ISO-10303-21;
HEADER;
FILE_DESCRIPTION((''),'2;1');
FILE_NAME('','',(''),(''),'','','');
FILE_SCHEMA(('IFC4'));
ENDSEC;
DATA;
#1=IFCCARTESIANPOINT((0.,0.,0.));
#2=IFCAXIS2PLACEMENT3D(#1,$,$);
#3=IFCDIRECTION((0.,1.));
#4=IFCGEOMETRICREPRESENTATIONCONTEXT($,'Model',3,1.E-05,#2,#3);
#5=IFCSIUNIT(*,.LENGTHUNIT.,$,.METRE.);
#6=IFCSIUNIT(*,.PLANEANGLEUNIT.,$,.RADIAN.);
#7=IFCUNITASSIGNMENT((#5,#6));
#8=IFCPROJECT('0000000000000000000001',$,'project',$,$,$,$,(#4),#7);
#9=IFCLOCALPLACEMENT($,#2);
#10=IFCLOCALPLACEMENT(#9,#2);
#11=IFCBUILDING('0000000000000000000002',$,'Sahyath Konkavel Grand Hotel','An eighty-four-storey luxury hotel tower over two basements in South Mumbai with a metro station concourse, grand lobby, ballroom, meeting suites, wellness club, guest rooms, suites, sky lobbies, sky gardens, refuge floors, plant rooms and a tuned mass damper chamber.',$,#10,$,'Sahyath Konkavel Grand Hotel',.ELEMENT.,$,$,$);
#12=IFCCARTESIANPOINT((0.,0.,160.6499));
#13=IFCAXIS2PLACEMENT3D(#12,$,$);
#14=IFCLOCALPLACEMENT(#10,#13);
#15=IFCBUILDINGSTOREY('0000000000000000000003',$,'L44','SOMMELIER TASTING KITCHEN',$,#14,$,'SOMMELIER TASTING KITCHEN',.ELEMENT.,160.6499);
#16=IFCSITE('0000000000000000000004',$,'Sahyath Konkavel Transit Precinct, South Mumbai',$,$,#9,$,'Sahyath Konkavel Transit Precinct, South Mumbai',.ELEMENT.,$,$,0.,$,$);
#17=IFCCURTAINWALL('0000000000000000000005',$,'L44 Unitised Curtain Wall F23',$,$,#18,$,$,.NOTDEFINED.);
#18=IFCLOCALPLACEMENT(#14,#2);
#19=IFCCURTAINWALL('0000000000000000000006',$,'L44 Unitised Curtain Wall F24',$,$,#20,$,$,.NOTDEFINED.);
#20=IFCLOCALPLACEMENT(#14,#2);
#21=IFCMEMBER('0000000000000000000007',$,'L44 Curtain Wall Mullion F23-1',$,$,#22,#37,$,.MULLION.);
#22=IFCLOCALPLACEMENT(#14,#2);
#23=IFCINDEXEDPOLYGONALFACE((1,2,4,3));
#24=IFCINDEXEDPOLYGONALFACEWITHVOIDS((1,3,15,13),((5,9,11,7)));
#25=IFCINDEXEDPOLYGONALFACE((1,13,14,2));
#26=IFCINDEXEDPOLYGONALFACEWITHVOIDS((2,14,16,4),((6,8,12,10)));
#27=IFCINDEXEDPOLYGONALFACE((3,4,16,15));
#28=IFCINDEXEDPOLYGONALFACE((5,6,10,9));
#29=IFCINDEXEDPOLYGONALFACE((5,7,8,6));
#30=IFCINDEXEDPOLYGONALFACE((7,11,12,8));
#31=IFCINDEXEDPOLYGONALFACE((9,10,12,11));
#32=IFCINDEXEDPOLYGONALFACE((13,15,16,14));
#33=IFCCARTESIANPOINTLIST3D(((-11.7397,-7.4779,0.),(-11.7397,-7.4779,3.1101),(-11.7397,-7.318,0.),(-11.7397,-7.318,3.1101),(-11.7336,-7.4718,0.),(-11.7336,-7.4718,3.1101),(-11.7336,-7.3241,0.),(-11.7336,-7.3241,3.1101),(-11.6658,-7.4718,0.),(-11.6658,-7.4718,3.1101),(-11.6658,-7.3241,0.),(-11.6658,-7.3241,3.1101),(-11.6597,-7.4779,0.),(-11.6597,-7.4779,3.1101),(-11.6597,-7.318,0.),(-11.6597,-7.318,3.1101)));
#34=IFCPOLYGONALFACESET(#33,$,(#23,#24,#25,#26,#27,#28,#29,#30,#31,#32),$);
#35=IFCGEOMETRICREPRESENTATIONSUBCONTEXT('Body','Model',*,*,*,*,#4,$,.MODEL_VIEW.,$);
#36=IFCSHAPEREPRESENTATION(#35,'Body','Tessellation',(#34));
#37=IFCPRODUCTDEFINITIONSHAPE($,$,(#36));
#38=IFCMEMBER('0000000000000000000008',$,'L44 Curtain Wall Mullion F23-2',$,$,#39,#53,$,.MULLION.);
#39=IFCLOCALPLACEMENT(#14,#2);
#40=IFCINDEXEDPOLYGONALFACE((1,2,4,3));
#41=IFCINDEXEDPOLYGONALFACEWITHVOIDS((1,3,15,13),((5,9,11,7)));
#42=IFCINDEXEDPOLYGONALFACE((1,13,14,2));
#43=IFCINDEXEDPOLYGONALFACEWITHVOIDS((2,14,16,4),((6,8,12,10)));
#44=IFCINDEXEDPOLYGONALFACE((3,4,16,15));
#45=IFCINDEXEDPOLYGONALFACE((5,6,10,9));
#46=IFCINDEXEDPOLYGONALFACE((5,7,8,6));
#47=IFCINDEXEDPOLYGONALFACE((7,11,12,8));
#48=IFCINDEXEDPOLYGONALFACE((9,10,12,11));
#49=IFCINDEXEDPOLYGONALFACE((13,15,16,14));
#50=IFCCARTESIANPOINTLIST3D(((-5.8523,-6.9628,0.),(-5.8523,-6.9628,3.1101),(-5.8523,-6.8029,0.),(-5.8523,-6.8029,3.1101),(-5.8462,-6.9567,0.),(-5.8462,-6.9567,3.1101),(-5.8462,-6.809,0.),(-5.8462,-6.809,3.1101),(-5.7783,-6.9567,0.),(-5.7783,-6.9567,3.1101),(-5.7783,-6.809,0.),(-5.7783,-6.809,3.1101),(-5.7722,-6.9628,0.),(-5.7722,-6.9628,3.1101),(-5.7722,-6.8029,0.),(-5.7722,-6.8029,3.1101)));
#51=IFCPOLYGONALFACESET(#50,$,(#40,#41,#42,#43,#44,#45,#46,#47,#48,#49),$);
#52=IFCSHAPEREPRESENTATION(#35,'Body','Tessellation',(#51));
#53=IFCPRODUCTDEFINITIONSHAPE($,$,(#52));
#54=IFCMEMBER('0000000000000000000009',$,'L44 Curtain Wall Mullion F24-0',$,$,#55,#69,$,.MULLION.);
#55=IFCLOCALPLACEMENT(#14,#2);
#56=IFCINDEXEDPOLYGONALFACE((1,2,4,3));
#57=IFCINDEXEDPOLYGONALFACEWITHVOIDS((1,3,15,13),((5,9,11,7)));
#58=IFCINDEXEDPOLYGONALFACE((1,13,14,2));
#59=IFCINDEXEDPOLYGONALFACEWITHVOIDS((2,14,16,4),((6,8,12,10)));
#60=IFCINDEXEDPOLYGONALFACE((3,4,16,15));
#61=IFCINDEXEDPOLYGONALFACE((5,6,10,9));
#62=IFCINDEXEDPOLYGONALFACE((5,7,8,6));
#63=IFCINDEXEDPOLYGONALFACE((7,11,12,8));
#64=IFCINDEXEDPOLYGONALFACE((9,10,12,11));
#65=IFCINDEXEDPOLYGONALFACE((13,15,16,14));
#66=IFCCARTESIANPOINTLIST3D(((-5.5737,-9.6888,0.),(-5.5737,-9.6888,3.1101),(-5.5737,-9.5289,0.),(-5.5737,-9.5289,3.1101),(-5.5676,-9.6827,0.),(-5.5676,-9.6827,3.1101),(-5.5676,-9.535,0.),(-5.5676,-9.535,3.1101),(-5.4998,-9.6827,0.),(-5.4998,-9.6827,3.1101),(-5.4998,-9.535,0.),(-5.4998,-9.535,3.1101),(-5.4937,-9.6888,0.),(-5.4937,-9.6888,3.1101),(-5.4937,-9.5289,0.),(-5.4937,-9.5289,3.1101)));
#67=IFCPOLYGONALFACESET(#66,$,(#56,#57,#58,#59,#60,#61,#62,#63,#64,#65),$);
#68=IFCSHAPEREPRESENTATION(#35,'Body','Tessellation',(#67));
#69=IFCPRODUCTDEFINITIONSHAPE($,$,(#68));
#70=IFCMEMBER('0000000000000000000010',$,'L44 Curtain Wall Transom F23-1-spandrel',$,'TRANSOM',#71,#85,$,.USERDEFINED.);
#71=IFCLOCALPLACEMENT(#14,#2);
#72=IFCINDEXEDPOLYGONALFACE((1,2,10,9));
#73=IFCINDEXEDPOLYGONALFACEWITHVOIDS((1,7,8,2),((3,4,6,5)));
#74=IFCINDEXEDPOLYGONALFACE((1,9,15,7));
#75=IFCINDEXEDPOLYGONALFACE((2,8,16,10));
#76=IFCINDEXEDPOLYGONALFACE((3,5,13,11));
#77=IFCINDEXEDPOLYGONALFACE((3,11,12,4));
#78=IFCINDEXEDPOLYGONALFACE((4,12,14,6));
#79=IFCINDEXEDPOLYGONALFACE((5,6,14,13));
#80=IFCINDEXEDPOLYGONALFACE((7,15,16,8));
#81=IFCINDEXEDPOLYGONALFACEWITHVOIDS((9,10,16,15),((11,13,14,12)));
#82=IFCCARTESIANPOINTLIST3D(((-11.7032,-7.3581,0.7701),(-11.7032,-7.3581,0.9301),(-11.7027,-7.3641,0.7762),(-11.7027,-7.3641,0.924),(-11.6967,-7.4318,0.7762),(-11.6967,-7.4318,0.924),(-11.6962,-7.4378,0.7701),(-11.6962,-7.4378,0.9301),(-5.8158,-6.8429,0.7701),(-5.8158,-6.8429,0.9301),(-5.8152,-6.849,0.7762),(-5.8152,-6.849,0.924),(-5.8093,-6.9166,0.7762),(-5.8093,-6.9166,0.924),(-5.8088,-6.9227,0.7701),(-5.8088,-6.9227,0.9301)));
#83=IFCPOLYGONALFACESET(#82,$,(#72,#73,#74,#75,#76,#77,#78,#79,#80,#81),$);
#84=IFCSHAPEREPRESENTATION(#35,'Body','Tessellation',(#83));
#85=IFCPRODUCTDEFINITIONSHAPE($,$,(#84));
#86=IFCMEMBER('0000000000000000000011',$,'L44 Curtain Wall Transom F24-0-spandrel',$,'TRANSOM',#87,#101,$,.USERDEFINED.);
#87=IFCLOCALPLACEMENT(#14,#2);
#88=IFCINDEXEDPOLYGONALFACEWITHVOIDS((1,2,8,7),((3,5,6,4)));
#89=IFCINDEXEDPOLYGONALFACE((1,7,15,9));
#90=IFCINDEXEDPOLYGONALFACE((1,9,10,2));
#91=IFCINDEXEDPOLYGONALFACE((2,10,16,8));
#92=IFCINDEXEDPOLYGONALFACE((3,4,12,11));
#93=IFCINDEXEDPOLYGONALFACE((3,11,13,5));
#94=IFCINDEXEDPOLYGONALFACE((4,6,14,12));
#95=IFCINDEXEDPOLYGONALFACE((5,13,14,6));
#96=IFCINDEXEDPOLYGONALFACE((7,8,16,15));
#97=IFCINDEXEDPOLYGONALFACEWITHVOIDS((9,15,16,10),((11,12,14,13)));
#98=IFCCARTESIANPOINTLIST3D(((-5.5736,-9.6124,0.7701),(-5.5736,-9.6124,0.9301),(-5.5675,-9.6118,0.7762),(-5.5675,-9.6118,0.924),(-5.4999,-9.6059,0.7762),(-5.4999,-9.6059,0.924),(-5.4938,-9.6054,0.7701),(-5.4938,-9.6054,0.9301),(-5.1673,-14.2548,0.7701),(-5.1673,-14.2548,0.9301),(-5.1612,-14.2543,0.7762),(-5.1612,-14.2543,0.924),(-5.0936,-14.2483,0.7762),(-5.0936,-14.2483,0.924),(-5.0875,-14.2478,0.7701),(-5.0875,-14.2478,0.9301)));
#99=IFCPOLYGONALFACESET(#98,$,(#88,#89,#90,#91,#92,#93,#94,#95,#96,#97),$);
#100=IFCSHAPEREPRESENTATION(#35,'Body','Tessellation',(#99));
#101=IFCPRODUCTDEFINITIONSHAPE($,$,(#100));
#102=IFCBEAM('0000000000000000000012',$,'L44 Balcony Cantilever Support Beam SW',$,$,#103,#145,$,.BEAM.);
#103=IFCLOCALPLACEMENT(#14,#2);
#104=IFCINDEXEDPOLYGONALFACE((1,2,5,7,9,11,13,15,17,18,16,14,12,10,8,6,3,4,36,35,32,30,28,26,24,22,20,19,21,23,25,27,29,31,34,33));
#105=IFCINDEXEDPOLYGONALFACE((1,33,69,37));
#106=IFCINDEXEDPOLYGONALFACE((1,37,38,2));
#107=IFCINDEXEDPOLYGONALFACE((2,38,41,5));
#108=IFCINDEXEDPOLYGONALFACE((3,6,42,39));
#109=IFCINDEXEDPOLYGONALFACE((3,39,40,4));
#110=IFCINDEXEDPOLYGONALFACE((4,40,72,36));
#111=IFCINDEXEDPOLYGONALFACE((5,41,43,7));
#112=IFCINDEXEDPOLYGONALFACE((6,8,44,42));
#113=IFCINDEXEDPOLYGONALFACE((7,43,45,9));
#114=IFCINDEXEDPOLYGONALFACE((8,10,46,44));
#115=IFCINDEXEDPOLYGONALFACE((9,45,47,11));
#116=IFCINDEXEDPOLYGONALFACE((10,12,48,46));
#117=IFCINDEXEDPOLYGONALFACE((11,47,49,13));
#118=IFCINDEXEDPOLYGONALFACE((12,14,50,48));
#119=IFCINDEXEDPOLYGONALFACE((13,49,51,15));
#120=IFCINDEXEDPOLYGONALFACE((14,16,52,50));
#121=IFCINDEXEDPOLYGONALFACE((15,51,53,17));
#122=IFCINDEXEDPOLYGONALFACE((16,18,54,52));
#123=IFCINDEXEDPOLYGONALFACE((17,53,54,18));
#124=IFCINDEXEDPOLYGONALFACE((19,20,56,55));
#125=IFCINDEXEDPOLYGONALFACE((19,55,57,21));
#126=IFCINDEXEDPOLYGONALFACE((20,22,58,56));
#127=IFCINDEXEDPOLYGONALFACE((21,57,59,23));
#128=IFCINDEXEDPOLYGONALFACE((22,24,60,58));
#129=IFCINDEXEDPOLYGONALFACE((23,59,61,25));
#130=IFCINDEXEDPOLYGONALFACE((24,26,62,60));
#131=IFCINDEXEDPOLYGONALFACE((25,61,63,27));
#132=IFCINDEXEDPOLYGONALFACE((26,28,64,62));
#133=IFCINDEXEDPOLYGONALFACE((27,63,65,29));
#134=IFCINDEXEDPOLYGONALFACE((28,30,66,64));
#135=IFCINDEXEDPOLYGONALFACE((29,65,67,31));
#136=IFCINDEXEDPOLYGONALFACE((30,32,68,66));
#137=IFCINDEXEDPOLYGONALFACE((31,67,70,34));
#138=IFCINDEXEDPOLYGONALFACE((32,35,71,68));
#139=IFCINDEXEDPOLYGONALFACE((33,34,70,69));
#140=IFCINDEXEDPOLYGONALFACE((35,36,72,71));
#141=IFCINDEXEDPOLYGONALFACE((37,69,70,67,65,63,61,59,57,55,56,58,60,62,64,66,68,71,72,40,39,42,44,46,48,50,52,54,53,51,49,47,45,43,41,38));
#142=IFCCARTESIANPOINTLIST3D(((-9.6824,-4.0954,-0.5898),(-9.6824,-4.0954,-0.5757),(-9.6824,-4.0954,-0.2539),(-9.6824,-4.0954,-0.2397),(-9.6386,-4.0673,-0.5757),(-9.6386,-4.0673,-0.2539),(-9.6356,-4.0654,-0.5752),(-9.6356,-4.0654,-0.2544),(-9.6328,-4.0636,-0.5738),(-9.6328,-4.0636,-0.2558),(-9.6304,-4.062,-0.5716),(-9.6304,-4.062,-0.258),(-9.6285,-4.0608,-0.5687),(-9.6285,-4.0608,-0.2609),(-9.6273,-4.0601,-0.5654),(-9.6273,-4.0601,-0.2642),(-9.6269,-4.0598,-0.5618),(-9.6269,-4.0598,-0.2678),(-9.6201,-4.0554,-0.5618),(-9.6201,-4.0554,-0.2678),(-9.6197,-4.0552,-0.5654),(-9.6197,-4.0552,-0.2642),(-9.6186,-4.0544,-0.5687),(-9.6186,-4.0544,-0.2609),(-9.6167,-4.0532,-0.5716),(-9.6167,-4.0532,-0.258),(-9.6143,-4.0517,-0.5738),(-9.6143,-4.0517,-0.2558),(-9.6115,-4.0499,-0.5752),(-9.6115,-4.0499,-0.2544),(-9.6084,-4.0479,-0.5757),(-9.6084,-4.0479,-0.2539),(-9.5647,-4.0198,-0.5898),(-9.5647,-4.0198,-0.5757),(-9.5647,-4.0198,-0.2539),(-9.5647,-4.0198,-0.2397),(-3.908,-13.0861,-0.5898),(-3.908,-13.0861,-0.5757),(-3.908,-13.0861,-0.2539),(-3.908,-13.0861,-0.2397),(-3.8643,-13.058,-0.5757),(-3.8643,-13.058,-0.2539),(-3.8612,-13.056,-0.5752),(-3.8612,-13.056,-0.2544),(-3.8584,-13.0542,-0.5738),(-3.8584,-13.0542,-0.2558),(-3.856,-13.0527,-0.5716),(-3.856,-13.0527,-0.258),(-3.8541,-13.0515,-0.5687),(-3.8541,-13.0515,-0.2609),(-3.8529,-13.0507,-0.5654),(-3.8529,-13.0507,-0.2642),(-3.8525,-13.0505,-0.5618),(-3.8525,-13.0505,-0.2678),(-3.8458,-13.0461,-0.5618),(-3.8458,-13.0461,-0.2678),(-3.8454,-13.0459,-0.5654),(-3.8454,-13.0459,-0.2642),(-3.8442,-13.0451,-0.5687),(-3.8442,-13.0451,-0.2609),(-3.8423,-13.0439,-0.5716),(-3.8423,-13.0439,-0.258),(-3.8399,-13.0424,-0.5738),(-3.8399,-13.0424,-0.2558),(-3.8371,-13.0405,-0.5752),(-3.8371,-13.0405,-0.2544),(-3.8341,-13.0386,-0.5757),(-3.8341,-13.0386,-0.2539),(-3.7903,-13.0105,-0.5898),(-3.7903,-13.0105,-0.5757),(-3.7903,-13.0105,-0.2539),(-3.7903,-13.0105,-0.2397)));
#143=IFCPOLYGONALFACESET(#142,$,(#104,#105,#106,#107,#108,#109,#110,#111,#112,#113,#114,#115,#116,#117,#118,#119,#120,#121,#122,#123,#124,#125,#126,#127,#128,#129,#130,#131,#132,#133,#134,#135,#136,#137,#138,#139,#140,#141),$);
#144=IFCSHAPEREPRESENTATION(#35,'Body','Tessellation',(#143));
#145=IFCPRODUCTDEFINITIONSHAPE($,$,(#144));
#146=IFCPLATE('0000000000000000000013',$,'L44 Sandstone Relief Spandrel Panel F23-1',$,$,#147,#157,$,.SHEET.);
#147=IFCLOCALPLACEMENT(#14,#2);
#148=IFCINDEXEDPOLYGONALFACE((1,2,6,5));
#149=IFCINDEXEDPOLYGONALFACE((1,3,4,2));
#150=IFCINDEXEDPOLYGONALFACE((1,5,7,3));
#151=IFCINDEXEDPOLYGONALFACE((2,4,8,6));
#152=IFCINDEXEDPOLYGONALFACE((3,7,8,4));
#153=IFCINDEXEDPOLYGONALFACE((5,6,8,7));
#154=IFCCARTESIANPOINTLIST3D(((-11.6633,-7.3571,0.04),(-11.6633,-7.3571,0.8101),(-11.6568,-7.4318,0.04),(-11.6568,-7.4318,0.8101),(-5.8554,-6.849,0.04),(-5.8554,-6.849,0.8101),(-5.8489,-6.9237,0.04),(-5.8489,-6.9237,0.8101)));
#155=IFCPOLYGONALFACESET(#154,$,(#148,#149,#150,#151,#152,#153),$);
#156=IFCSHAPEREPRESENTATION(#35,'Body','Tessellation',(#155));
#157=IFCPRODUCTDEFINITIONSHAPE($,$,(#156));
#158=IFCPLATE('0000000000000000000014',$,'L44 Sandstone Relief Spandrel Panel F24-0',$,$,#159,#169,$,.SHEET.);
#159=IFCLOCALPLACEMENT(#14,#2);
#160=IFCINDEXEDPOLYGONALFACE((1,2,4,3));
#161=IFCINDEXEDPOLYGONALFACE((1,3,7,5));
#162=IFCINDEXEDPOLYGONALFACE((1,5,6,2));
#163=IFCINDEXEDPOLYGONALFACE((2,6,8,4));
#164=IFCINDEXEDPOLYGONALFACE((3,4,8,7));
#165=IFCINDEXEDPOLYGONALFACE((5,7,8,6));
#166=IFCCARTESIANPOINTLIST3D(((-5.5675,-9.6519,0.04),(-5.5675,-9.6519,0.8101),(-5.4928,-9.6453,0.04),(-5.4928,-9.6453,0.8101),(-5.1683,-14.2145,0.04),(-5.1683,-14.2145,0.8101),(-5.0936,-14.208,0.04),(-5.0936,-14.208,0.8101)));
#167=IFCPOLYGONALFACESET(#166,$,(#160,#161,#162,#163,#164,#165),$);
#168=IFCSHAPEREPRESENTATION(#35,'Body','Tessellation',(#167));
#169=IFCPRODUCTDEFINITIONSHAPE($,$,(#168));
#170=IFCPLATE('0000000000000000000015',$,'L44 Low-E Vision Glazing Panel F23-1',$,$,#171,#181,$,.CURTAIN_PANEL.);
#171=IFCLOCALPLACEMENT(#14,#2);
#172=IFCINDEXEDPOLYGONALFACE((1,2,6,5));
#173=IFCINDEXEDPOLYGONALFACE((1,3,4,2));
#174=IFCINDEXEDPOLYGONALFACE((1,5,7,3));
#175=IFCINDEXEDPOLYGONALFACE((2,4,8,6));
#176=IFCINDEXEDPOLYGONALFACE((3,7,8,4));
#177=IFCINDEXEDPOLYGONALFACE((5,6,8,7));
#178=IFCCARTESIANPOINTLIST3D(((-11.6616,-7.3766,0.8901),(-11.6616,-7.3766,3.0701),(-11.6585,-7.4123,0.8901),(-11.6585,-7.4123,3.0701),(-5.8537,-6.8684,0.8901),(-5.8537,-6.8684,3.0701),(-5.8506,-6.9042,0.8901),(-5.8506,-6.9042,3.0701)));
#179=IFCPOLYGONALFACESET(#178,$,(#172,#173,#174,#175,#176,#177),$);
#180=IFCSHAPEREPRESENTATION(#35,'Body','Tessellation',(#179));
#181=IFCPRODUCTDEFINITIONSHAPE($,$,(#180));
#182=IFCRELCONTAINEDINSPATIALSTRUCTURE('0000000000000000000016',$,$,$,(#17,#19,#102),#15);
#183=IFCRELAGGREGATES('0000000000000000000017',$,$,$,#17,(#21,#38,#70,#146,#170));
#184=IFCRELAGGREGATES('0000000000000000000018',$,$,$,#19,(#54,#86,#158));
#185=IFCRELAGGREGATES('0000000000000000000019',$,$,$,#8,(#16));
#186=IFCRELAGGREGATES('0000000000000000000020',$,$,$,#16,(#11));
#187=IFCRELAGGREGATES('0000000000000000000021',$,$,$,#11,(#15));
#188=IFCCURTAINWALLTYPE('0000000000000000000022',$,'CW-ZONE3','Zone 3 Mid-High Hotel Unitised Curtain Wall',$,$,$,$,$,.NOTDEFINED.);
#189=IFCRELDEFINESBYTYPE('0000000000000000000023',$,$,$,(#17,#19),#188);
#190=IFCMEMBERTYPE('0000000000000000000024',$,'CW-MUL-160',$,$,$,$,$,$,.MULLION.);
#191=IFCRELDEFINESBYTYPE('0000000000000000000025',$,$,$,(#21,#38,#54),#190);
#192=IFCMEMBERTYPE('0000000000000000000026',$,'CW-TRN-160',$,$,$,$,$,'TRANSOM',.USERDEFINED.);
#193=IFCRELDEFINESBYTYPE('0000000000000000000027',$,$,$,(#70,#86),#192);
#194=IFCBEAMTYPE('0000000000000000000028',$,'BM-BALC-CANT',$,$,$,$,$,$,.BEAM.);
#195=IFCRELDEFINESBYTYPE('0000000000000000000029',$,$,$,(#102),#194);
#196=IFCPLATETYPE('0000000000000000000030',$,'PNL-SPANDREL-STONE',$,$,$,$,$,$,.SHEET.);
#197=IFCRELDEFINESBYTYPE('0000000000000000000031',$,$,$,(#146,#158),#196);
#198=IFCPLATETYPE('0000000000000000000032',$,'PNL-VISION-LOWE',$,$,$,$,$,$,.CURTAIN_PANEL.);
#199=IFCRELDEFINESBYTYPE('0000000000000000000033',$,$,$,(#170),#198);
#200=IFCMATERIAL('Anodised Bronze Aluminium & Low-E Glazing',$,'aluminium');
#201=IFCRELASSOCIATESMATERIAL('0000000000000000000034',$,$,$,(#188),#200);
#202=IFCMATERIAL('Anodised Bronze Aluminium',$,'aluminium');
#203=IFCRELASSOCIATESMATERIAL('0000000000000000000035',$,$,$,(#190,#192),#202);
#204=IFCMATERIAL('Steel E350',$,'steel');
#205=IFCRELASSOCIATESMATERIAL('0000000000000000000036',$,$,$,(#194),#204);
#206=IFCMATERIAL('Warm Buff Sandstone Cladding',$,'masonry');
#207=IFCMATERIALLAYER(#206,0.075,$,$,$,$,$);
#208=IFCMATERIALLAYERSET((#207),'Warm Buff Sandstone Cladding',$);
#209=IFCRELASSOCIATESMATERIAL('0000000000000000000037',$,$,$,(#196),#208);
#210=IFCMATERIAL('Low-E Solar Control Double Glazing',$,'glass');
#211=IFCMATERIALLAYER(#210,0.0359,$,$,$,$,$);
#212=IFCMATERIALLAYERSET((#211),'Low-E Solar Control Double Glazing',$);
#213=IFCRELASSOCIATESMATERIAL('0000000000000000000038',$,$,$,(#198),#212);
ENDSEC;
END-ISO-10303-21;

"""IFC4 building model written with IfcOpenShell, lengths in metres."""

from ifc_helpers import new_model, si_unit, direction, frame, origin, origin_2d, place, context, subcontext, project, spatial, rectangle, hollow_rectangle, i_section, extrude, source, transform, mapped, material, layer, layer_set, material_profile, profile_set, type_object, element, aggregate, save


model = new_model("IFC4")

# Units and contexts
model_context = context("Model", 3, precision=1e-05, world=origin(), true_north=direction((0.0, 1.0)))
body_context = subcontext(model_context, "Body", "Model", "MODEL_VIEW")
ifc_project = project(units=[si_unit("LENGTHUNIT", "METRE"), si_unit("PLANEANGLEUNIT", "RADIAN")], contexts=[model_context])

# Site, building, storey
site_placement = place(None, origin())
site = spatial("IfcSite", under=ifc_project, at=site_placement, Name="Sahyath Konkavel Transit Precinct, South Mumbai", LongName="Sahyath Konkavel Transit Precinct, South Mumbai", CompositionType="ELEMENT", RefElevation=0.0)
building_placement = place(site_placement, origin())
building = spatial("IfcBuilding", under=site, at=building_placement, Name="Sahyath Konkavel Grand Hotel", Description="An eighty-four-storey luxury hotel tower over two basements in South Mumbai with a metro station concourse, grand lobby, ballroom, meeting suites, wellness club, guest rooms, suites, sky lobbies, sky gardens, refuge floors, plant rooms and a tuned mass damper chamber.", LongName="Sahyath Konkavel Grand Hotel", CompositionType="ELEMENT")
storey_placement = place(building_placement, frame((0.0, 0.0, 160.6499)))
storey = spatial("IfcBuildingStorey", under=building, at=storey_placement, Name="L44", Description="SOMMELIER TASTING KITCHEN", LongName="SOMMELIER TASTING KITCHEN", CompositionType="ELEMENT", Elevation=160.6499)

# Shared definitions
ifc_material_1 = material(Name="Steel E350", Category="steel")

# Curtain walls
ifc_material_2 = material(Name="Anodised Bronze Aluminium & Low-E Glazing", Category="aluminium")
curtain_wall_type = type_object("IfcCurtainWallType", Name="CW-ZONE3", Description="Zone 3 Mid-High Hotel Unitised Curtain Wall", PredefinedType="NOTDEFINED", material=ifc_material_2)
curtain_wall_1_placement = place(storey_placement, origin())
curtain_wall_1 = element("IfcCurtainWall", 1, at=curtain_wall_1_placement, inside=storey, type_object=curtain_wall_type, Name="L44 Unitised Curtain Wall F23", PredefinedType="NOTDEFINED")
curtain_wall_2_placement = place(storey_placement, origin())
curtain_wall_2 = element("IfcCurtainWall", 2, at=curtain_wall_2_placement, inside=storey, type_object=curtain_wall_type, Name="L44 Unitised Curtain Wall F24", PredefinedType="NOTDEFINED")

# Members
ifc_material_3 = material(Name="Anodised Bronze Aluminium", Category="aluminium")
ifc_material_profile_1 = material_profile(ifc_material_3, hollow_rectangle(XDim=0.0801, YDim=0.1599, WallThickness=0.0061, at=origin_2d()), Name="RHS 160x80x6")
ifc_profile_set_1 = profile_set([ifc_material_profile_1], Name="Anodised Bronze Aluminium")
member_type_1 = type_object("IfcMemberType", Name="CW-MUL-160", PredefinedType="MULLION", material=ifc_profile_set_1)
shared_shape_1 = source(origin(), body_context, "Body", "SweptSolid", [
    extrude(hollow_rectangle(XDim=0.0801, YDim=0.1599, WallThickness=0.0061, at=origin_2d()), origin(), (0.0, 0.0, 1.0), 3.1101),
])
member_1_placement = place(storey_placement, frame((-11.6997, -7.3979, 0.0), z_axis=(0.0, 0.0, 1.0), x_axis=(1.0, 0.0, 0.0)))
member_1 = element("IfcMember", 3, at=member_1_placement, type_object=member_type_1, Name="L44 Curtain Wall Mullion F23-1", PredefinedType="MULLION", context=body_context, shape_type="MappedRepresentation", body=[
    mapped(shared_shape_1, transform((0.0, 0.0, 0.0), scale=1.0)),
])
member_2_placement = place(storey_placement, frame((-5.8123, -6.8828, 0.0), z_axis=(0.0, 0.0, 1.0), x_axis=(1.0, 0.0, 0.0)))
member_2 = element("IfcMember", 4, at=member_2_placement, type_object=member_type_1, Name="L44 Curtain Wall Mullion F23-2", PredefinedType="MULLION", context=body_context, shape_type="MappedRepresentation", body=[
    mapped(shared_shape_1, transform((0.0, 0.0, 0.0), scale=1.0)),
])
member_3_placement = place(storey_placement, frame((-5.5337, -9.6089, 0.0), z_axis=(0.0, 0.0, 1.0), x_axis=(1.0, 0.0, 0.0)))
member_3 = element("IfcMember", 5, at=member_3_placement, type_object=member_type_1, Name="L44 Curtain Wall Mullion F24-0", PredefinedType="MULLION", context=body_context, shape_type="MappedRepresentation", body=[
    mapped(shared_shape_1, transform((0.0, 0.0, 0.0), scale=1.0)),
])
ifc_material_profile_2 = material_profile(ifc_material_3, hollow_rectangle(XDim=0.0801, YDim=0.1599, WallThickness=0.0061, at=origin_2d()), Name="RHS 160x80x6")
ifc_profile_set_2 = profile_set([ifc_material_profile_2], Name="Anodised Bronze Aluminium")
member_type_2 = type_object("IfcMemberType", Name="CW-TRN-160", ElementType="TRANSOM", PredefinedType="USERDEFINED", material=ifc_profile_set_2)
shared_shape_2 = source(origin(), body_context, "Body", "SweptSolid", [
    extrude(hollow_rectangle(XDim=0.0801, YDim=0.1599, WallThickness=0.0061, at=origin_2d()), origin(), (0.0, 0.0, 1.0), 5.9099),
])
member_4_placement = place(storey_placement, frame((-11.6997, -7.3979, 0.8501), z_axis=(0.996194, 0.087164, 0.0), x_axis=(-0.087164, 0.996194, 0.0)))
member_4 = element("IfcMember", 6, at=member_4_placement, type_object=member_type_2, Name="L44 Curtain Wall Transom F23-1-spandrel", ObjectType="TRANSOM", PredefinedType="USERDEFINED", context=body_context, shape_type="MappedRepresentation", body=[
    mapped(shared_shape_2, transform((0.0, 0.0, 0.0), scale=1.0)),
])
shared_shape_3 = source(origin(), body_context, "Body", "SweptSolid", [
    extrude(hollow_rectangle(XDim=0.0801, YDim=0.1599, WallThickness=0.0061, at=origin_2d()), origin(), (0.0, 0.0, 1.0), 4.6602),
])
member_5_placement = place(storey_placement, frame((-5.5337, -9.6089, 0.8501), z_axis=(0.087177, -0.996193, 0.0), x_axis=(0.996193, 0.087177, 0.0)))
member_5 = element("IfcMember", 7, at=member_5_placement, type_object=member_type_2, Name="L44 Curtain Wall Transom F24-0-spandrel", ObjectType="TRANSOM", PredefinedType="USERDEFINED", context=body_context, shape_type="MappedRepresentation", body=[
    mapped(shared_shape_3, transform((0.0, 0.0, 0.0), scale=1.0)),
])

# Beam
ifc_material_profile_3 = material_profile(ifc_material_1, i_section(OverallWidth=0.1399, OverallDepth=0.3501, WebThickness=0.0081, FlangeThickness=0.0142, FilletRadius=0.0139, at=origin_2d()), Name="ISMB 350")
ifc_profile_set_3 = profile_set([ifc_material_profile_3], Name="Steel E350")
beam_type_1 = type_object("IfcBeamType", Name="BM-BALC-CANT", PredefinedType="BEAM", material=ifc_profile_set_3)
shared_shape_4 = source(origin(), body_context, "Body", "SweptSolid", [
    extrude(i_section(OverallWidth=0.1399, OverallDepth=0.3501, WebThickness=0.0081, FlangeThickness=0.0142, FilletRadius=0.0139, at=origin_2d()), origin(), (0.0, 0.0, 1.0), 10.6853),
])
beam_1_placement = place(storey_placement, frame((-9.6235, -4.0576, -0.4148), z_axis=(0.540404, -0.841406, 0.0), x_axis=(0.841406, 0.540404, 0.0)))
element("IfcBeam", 8, at=beam_1_placement, inside=storey, type_object=beam_type_1, Name="L44 Balcony Cantilever Support Beam SW", PredefinedType="BEAM", context=body_context, shape_type="MappedRepresentation", body=[
    mapped(shared_shape_4, transform((0.0, 0.0, 0.0), scale=1.0)),
])

# Plates
ifc_material_4 = material(Name="Warm Buff Sandstone Cladding", Category="masonry")
ifc_layer_1 = layer(ifc_material_4, 0.075)
ifc_layer_set_1 = layer_set([ifc_layer_1], Name="Warm Buff Sandstone Cladding")
plate_type_1 = type_object("IfcPlateType", Name="PNL-SPANDREL-STONE", PredefinedType="SHEET", material=ifc_layer_set_1)
shared_shape_5 = source(origin(), body_context, "Body", "SweptSolid", [
    extrude(rectangle(XDim=5.8301, YDim=0.075, at=origin_2d()), origin(), (0.0, 0.0, 1.0), 0.77),
])
plate_1_placement = place(storey_placement, frame((-8.7561, -7.1404, 0.04), z_axis=(0.0, 0.0, 1.0), x_axis=(0.996195, 0.087156, 0.0)))
plate_1 = element("IfcPlate", 9, at=plate_1_placement, type_object=plate_type_1, Name="L44 Sandstone Relief Spandrel Panel F23-1", PredefinedType="SHEET", context=body_context, shape_type="MappedRepresentation", body=[
    mapped(shared_shape_5, transform((0.0, 0.0, 0.0), scale=1.0)),
])
shared_shape_6 = source(origin(), body_context, "Body", "SweptSolid", [
    extrude(rectangle(XDim=4.5801, YDim=0.075, at=origin_2d()), origin(), (0.0, 0.0, 1.0), 0.77),
])
plate_2_placement = place(storey_placement, frame((-5.3306, -11.9299, 0.04), z_axis=(0.0, 0.0, 1.0), x_axis=(0.087156, -0.996195, 0.0)))
plate_2 = element("IfcPlate", 10, at=plate_2_placement, type_object=plate_type_1, Name="L44 Sandstone Relief Spandrel Panel F24-0", PredefinedType="SHEET", context=body_context, shape_type="MappedRepresentation", body=[
    mapped(shared_shape_6, transform((0.0, 0.0, 0.0), scale=1.0)),
])
ifc_material_5 = material(Name="Low-E Solar Control Double Glazing", Category="glass")
ifc_layer_2 = layer(ifc_material_5, 0.0359)
ifc_layer_set_2 = layer_set([ifc_layer_2], Name="Low-E Solar Control Double Glazing")
plate_type_2 = type_object("IfcPlateType", Name="PNL-VISION-LOWE", PredefinedType="CURTAIN_PANEL", material=ifc_layer_set_2)
shared_shape_7 = source(origin(), body_context, "Body", "SweptSolid", [
    extrude(rectangle(XDim=5.8301, YDim=0.0359, at=origin_2d()), origin(), (0.0, 0.0, 1.0), 2.1799),
])
plate_3_placement = place(storey_placement, frame((-8.7561, -7.1404, 0.8901), z_axis=(0.0, 0.0, 1.0), x_axis=(0.996195, 0.087156, 0.0)))
plate_3 = element("IfcPlate", 11, at=plate_3_placement, type_object=plate_type_2, Name="L44 Low-E Vision Glazing Panel F23-1", PredefinedType="CURTAIN_PANEL", context=body_context, shape_type="MappedRepresentation", body=[
    mapped(shared_shape_7, transform((0.0, 0.0, 0.0), scale=1.0)),
])
aggregate(curtain_wall_1, [member_1, member_2, member_4, plate_1, plate_3])
aggregate(curtain_wall_2, [member_3, member_5, plate_2])

save(model, "model.ifc")
